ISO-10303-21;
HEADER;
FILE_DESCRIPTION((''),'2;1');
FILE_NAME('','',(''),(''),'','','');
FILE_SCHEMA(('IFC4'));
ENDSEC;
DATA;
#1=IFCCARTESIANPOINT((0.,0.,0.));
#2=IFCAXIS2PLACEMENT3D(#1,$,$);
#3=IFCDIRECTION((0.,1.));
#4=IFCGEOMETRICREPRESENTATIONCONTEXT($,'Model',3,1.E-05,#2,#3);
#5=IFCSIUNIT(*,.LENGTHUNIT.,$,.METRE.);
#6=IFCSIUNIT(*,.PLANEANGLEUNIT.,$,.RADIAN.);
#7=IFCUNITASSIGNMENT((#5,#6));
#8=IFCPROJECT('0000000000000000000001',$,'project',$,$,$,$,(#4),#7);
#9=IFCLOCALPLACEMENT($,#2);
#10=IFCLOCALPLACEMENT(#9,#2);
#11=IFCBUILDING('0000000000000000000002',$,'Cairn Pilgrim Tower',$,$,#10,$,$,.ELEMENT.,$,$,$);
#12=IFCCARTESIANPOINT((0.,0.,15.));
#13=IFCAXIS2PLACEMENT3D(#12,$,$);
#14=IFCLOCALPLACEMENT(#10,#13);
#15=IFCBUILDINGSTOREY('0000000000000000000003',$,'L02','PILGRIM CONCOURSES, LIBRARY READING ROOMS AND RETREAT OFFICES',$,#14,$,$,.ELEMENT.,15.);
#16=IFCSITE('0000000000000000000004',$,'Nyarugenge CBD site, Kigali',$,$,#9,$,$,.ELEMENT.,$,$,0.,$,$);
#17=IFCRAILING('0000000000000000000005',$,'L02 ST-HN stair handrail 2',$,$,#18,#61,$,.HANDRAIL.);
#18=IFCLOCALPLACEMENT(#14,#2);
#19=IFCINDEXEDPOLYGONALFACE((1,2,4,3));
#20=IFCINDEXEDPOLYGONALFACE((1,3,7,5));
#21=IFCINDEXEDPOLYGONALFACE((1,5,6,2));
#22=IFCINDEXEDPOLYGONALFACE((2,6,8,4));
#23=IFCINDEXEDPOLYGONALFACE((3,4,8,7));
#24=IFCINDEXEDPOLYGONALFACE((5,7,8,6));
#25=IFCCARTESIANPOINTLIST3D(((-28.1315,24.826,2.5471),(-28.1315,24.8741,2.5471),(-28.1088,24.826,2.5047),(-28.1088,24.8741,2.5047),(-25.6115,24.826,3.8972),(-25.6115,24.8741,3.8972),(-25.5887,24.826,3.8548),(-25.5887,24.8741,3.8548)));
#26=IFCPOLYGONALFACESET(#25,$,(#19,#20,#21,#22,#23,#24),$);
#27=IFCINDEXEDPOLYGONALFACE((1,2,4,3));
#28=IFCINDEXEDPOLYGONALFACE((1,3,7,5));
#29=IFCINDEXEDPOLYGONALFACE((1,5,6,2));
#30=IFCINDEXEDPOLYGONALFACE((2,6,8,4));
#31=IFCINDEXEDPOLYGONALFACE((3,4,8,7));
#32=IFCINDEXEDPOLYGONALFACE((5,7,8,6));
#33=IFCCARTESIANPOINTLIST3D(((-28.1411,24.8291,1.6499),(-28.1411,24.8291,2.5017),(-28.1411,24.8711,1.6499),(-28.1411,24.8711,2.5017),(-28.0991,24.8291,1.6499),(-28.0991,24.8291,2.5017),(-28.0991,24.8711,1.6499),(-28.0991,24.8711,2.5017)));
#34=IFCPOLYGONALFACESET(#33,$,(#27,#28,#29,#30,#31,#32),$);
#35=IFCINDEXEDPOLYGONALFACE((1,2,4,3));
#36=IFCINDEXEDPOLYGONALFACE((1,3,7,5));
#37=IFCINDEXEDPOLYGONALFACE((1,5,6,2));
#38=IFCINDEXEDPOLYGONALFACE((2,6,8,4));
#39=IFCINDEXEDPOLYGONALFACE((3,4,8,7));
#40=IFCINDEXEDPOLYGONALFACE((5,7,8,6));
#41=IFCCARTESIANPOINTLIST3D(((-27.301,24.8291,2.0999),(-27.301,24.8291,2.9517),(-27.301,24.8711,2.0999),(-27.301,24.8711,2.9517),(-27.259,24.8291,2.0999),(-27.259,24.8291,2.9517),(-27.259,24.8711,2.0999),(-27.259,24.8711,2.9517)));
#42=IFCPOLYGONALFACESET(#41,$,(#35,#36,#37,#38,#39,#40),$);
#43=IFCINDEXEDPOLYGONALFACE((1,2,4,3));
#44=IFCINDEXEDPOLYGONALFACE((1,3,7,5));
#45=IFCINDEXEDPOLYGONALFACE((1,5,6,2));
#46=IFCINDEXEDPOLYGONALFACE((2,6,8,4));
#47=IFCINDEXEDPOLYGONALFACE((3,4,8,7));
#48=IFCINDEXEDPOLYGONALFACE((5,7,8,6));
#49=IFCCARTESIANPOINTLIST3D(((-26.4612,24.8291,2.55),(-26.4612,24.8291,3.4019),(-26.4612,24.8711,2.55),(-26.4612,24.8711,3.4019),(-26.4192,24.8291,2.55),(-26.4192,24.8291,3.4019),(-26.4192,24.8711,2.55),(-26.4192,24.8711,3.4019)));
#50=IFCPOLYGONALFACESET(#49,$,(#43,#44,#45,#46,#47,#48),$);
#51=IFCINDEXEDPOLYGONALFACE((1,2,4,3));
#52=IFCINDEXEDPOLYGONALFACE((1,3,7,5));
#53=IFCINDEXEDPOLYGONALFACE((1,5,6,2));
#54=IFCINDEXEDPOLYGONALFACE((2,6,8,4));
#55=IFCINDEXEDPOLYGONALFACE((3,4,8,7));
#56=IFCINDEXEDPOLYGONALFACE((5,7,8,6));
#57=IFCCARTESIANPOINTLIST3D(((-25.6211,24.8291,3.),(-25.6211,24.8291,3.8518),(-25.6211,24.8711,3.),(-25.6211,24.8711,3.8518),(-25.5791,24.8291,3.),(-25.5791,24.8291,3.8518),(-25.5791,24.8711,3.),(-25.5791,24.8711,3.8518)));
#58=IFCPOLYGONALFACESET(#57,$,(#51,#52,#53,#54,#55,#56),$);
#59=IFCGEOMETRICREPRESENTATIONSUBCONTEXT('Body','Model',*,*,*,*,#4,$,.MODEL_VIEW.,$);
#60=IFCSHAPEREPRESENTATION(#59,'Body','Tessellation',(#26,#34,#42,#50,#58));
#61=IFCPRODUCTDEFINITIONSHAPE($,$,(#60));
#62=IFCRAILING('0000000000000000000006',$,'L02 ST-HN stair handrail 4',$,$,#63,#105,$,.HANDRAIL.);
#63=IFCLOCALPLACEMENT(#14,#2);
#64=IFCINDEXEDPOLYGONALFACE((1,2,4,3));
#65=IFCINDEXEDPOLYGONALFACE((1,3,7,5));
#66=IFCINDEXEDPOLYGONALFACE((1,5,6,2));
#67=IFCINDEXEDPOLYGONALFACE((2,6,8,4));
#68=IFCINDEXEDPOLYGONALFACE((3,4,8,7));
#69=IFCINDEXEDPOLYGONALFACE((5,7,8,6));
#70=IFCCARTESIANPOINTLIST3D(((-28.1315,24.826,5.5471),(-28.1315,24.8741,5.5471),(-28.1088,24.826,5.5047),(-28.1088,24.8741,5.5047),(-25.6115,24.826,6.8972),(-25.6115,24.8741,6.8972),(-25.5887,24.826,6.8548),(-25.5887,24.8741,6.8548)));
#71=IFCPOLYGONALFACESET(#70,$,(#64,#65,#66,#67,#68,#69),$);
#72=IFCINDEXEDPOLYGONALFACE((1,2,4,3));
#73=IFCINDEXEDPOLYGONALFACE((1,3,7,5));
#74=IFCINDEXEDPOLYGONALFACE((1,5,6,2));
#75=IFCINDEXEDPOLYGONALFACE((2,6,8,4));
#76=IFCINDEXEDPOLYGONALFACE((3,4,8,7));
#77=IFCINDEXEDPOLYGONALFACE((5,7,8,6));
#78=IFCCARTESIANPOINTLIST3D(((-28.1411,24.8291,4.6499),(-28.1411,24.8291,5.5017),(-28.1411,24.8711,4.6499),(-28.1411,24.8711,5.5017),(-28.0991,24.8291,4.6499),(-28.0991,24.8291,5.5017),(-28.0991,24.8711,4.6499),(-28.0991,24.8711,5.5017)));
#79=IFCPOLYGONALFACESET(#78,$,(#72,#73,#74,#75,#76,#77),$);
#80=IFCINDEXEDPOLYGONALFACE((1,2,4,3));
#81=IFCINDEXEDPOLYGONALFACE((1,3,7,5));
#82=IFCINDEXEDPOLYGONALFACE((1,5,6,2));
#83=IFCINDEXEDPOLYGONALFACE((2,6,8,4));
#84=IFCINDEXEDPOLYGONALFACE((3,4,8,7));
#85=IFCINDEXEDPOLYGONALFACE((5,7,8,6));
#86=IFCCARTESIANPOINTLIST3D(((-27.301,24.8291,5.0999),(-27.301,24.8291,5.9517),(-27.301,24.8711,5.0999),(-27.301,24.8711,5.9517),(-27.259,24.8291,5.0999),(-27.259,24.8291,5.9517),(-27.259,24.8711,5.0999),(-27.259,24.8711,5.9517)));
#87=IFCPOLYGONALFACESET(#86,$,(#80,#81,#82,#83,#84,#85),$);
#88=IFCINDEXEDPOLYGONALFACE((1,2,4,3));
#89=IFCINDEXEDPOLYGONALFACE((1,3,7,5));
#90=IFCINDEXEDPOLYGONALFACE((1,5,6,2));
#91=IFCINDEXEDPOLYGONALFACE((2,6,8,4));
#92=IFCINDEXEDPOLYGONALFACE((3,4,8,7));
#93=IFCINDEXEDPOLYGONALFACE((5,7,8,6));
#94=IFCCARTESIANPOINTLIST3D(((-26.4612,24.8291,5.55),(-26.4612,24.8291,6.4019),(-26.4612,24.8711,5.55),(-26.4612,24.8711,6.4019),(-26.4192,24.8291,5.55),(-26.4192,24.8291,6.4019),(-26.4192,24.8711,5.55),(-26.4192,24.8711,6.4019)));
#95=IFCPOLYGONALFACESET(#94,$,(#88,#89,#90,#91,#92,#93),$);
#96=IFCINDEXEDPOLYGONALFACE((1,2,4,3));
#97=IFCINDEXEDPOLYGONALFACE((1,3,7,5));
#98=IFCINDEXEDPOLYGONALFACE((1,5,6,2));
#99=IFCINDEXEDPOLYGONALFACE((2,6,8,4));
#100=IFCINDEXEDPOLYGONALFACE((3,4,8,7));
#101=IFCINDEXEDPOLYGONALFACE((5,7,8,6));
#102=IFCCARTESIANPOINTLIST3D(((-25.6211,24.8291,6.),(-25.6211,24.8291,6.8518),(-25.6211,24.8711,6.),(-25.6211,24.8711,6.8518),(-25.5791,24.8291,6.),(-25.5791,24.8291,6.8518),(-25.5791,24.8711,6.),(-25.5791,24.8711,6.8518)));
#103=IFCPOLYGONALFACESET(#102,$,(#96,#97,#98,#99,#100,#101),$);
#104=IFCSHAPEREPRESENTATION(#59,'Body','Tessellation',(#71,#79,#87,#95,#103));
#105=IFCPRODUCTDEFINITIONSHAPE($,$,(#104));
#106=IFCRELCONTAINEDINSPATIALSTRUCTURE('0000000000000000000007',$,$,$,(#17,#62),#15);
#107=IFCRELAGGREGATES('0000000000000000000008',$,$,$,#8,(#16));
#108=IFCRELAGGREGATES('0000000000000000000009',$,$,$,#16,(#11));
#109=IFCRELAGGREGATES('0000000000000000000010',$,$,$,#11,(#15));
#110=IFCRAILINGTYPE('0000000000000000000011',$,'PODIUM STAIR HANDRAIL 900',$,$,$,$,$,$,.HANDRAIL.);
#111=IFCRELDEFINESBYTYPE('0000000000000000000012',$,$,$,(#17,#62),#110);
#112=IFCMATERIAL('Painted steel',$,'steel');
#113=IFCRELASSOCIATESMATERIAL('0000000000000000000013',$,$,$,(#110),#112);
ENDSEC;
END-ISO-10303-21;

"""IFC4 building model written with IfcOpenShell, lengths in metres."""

from ifc_helpers import new_model, si_unit, direction, frame, origin, origin_2d, place, context, subcontext, project, spatial, rectangle, extrude, material, type_object, element, save


model = new_model("IFC4")

# Units and contexts
model_context = context("Model", 3, precision=1e-05, world=origin(), true_north=direction((0.0, 1.0)))
body_context = subcontext(model_context, "Body", "Model", "MODEL_VIEW")
ifc_project = project(units=[si_unit("LENGTHUNIT", "METRE"), si_unit("PLANEANGLEUNIT", "RADIAN")], contexts=[model_context])

# Site, building, storey
site_placement = place(None, origin())
site = spatial("IfcSite", under=ifc_project, at=site_placement, Name="Nyarugenge CBD site, Kigali", CompositionType="ELEMENT", RefElevation=0.0)
building_placement = place(site_placement, origin())
building = spatial("IfcBuilding", under=site, at=building_placement, Name="Cairn Pilgrim Tower", CompositionType="ELEMENT")
storey_placement = place(building_placement, frame((0.0, 0.0, 15.0)))
storey = spatial("IfcBuildingStorey", under=building, at=storey_placement, Name="L02", Description="PILGRIM CONCOURSES, LIBRARY READING ROOMS AND RETREAT OFFICES", CompositionType="ELEMENT", Elevation=15.0)

# Railings
ifc_material_1 = material(Name="Painted steel", Category="steel")
railing_type_1 = type_object("IfcRailingType", Name="PODIUM STAIR HANDRAIL 900", PredefinedType="HANDRAIL", material=ifc_material_1)
for number, where, name in (
    (1, (-28.1201, 24.8501, 1.6499), "L02 ST-HN stair handrail 2"),
    (2, (-28.1201, 24.8501, 4.6499), "L02 ST-HN stair handrail 4"),
):
    element("IfcRailing", number, at=place(storey_placement, frame(where)), inside=storey, type_object=railing_type_1, Name=name, PredefinedType="HANDRAIL", context=body_context, shape_type="SweptSolid", body=[
        extrude(rectangle(XDim=0.0481, YDim=0.0481, at=origin_2d()), frame((0.0, 0.0, 0.876), z_axis=(0.881467, 0.0, 0.472245), x_axis=(0.0, 1.0, 0.0)), (0.0, 0.0, 1.0), 2.8589),
        extrude(rectangle(XDim=0.042, YDim=0.042, at=origin_2d()), origin(), (0.0, 0.0, 1.0), 0.8518),
        extrude(rectangle(XDim=0.042, YDim=0.042, at=origin_2d()), frame((0.8401, 0.0, 0.45)), (0.0, 0.0, 1.0), 0.8518),
        extrude(rectangle(XDim=0.042, YDim=0.042, at=origin_2d()), frame((1.6799, 0.0, 0.9001)), (0.0, 0.0, 1.0), 0.8518),
        extrude(rectangle(XDim=0.042, YDim=0.042, at=origin_2d()), frame((2.52, 0.0, 1.3501)), (0.0, 0.0, 1.0), 0.8518),
    ])

save(model, "model.ifc")
